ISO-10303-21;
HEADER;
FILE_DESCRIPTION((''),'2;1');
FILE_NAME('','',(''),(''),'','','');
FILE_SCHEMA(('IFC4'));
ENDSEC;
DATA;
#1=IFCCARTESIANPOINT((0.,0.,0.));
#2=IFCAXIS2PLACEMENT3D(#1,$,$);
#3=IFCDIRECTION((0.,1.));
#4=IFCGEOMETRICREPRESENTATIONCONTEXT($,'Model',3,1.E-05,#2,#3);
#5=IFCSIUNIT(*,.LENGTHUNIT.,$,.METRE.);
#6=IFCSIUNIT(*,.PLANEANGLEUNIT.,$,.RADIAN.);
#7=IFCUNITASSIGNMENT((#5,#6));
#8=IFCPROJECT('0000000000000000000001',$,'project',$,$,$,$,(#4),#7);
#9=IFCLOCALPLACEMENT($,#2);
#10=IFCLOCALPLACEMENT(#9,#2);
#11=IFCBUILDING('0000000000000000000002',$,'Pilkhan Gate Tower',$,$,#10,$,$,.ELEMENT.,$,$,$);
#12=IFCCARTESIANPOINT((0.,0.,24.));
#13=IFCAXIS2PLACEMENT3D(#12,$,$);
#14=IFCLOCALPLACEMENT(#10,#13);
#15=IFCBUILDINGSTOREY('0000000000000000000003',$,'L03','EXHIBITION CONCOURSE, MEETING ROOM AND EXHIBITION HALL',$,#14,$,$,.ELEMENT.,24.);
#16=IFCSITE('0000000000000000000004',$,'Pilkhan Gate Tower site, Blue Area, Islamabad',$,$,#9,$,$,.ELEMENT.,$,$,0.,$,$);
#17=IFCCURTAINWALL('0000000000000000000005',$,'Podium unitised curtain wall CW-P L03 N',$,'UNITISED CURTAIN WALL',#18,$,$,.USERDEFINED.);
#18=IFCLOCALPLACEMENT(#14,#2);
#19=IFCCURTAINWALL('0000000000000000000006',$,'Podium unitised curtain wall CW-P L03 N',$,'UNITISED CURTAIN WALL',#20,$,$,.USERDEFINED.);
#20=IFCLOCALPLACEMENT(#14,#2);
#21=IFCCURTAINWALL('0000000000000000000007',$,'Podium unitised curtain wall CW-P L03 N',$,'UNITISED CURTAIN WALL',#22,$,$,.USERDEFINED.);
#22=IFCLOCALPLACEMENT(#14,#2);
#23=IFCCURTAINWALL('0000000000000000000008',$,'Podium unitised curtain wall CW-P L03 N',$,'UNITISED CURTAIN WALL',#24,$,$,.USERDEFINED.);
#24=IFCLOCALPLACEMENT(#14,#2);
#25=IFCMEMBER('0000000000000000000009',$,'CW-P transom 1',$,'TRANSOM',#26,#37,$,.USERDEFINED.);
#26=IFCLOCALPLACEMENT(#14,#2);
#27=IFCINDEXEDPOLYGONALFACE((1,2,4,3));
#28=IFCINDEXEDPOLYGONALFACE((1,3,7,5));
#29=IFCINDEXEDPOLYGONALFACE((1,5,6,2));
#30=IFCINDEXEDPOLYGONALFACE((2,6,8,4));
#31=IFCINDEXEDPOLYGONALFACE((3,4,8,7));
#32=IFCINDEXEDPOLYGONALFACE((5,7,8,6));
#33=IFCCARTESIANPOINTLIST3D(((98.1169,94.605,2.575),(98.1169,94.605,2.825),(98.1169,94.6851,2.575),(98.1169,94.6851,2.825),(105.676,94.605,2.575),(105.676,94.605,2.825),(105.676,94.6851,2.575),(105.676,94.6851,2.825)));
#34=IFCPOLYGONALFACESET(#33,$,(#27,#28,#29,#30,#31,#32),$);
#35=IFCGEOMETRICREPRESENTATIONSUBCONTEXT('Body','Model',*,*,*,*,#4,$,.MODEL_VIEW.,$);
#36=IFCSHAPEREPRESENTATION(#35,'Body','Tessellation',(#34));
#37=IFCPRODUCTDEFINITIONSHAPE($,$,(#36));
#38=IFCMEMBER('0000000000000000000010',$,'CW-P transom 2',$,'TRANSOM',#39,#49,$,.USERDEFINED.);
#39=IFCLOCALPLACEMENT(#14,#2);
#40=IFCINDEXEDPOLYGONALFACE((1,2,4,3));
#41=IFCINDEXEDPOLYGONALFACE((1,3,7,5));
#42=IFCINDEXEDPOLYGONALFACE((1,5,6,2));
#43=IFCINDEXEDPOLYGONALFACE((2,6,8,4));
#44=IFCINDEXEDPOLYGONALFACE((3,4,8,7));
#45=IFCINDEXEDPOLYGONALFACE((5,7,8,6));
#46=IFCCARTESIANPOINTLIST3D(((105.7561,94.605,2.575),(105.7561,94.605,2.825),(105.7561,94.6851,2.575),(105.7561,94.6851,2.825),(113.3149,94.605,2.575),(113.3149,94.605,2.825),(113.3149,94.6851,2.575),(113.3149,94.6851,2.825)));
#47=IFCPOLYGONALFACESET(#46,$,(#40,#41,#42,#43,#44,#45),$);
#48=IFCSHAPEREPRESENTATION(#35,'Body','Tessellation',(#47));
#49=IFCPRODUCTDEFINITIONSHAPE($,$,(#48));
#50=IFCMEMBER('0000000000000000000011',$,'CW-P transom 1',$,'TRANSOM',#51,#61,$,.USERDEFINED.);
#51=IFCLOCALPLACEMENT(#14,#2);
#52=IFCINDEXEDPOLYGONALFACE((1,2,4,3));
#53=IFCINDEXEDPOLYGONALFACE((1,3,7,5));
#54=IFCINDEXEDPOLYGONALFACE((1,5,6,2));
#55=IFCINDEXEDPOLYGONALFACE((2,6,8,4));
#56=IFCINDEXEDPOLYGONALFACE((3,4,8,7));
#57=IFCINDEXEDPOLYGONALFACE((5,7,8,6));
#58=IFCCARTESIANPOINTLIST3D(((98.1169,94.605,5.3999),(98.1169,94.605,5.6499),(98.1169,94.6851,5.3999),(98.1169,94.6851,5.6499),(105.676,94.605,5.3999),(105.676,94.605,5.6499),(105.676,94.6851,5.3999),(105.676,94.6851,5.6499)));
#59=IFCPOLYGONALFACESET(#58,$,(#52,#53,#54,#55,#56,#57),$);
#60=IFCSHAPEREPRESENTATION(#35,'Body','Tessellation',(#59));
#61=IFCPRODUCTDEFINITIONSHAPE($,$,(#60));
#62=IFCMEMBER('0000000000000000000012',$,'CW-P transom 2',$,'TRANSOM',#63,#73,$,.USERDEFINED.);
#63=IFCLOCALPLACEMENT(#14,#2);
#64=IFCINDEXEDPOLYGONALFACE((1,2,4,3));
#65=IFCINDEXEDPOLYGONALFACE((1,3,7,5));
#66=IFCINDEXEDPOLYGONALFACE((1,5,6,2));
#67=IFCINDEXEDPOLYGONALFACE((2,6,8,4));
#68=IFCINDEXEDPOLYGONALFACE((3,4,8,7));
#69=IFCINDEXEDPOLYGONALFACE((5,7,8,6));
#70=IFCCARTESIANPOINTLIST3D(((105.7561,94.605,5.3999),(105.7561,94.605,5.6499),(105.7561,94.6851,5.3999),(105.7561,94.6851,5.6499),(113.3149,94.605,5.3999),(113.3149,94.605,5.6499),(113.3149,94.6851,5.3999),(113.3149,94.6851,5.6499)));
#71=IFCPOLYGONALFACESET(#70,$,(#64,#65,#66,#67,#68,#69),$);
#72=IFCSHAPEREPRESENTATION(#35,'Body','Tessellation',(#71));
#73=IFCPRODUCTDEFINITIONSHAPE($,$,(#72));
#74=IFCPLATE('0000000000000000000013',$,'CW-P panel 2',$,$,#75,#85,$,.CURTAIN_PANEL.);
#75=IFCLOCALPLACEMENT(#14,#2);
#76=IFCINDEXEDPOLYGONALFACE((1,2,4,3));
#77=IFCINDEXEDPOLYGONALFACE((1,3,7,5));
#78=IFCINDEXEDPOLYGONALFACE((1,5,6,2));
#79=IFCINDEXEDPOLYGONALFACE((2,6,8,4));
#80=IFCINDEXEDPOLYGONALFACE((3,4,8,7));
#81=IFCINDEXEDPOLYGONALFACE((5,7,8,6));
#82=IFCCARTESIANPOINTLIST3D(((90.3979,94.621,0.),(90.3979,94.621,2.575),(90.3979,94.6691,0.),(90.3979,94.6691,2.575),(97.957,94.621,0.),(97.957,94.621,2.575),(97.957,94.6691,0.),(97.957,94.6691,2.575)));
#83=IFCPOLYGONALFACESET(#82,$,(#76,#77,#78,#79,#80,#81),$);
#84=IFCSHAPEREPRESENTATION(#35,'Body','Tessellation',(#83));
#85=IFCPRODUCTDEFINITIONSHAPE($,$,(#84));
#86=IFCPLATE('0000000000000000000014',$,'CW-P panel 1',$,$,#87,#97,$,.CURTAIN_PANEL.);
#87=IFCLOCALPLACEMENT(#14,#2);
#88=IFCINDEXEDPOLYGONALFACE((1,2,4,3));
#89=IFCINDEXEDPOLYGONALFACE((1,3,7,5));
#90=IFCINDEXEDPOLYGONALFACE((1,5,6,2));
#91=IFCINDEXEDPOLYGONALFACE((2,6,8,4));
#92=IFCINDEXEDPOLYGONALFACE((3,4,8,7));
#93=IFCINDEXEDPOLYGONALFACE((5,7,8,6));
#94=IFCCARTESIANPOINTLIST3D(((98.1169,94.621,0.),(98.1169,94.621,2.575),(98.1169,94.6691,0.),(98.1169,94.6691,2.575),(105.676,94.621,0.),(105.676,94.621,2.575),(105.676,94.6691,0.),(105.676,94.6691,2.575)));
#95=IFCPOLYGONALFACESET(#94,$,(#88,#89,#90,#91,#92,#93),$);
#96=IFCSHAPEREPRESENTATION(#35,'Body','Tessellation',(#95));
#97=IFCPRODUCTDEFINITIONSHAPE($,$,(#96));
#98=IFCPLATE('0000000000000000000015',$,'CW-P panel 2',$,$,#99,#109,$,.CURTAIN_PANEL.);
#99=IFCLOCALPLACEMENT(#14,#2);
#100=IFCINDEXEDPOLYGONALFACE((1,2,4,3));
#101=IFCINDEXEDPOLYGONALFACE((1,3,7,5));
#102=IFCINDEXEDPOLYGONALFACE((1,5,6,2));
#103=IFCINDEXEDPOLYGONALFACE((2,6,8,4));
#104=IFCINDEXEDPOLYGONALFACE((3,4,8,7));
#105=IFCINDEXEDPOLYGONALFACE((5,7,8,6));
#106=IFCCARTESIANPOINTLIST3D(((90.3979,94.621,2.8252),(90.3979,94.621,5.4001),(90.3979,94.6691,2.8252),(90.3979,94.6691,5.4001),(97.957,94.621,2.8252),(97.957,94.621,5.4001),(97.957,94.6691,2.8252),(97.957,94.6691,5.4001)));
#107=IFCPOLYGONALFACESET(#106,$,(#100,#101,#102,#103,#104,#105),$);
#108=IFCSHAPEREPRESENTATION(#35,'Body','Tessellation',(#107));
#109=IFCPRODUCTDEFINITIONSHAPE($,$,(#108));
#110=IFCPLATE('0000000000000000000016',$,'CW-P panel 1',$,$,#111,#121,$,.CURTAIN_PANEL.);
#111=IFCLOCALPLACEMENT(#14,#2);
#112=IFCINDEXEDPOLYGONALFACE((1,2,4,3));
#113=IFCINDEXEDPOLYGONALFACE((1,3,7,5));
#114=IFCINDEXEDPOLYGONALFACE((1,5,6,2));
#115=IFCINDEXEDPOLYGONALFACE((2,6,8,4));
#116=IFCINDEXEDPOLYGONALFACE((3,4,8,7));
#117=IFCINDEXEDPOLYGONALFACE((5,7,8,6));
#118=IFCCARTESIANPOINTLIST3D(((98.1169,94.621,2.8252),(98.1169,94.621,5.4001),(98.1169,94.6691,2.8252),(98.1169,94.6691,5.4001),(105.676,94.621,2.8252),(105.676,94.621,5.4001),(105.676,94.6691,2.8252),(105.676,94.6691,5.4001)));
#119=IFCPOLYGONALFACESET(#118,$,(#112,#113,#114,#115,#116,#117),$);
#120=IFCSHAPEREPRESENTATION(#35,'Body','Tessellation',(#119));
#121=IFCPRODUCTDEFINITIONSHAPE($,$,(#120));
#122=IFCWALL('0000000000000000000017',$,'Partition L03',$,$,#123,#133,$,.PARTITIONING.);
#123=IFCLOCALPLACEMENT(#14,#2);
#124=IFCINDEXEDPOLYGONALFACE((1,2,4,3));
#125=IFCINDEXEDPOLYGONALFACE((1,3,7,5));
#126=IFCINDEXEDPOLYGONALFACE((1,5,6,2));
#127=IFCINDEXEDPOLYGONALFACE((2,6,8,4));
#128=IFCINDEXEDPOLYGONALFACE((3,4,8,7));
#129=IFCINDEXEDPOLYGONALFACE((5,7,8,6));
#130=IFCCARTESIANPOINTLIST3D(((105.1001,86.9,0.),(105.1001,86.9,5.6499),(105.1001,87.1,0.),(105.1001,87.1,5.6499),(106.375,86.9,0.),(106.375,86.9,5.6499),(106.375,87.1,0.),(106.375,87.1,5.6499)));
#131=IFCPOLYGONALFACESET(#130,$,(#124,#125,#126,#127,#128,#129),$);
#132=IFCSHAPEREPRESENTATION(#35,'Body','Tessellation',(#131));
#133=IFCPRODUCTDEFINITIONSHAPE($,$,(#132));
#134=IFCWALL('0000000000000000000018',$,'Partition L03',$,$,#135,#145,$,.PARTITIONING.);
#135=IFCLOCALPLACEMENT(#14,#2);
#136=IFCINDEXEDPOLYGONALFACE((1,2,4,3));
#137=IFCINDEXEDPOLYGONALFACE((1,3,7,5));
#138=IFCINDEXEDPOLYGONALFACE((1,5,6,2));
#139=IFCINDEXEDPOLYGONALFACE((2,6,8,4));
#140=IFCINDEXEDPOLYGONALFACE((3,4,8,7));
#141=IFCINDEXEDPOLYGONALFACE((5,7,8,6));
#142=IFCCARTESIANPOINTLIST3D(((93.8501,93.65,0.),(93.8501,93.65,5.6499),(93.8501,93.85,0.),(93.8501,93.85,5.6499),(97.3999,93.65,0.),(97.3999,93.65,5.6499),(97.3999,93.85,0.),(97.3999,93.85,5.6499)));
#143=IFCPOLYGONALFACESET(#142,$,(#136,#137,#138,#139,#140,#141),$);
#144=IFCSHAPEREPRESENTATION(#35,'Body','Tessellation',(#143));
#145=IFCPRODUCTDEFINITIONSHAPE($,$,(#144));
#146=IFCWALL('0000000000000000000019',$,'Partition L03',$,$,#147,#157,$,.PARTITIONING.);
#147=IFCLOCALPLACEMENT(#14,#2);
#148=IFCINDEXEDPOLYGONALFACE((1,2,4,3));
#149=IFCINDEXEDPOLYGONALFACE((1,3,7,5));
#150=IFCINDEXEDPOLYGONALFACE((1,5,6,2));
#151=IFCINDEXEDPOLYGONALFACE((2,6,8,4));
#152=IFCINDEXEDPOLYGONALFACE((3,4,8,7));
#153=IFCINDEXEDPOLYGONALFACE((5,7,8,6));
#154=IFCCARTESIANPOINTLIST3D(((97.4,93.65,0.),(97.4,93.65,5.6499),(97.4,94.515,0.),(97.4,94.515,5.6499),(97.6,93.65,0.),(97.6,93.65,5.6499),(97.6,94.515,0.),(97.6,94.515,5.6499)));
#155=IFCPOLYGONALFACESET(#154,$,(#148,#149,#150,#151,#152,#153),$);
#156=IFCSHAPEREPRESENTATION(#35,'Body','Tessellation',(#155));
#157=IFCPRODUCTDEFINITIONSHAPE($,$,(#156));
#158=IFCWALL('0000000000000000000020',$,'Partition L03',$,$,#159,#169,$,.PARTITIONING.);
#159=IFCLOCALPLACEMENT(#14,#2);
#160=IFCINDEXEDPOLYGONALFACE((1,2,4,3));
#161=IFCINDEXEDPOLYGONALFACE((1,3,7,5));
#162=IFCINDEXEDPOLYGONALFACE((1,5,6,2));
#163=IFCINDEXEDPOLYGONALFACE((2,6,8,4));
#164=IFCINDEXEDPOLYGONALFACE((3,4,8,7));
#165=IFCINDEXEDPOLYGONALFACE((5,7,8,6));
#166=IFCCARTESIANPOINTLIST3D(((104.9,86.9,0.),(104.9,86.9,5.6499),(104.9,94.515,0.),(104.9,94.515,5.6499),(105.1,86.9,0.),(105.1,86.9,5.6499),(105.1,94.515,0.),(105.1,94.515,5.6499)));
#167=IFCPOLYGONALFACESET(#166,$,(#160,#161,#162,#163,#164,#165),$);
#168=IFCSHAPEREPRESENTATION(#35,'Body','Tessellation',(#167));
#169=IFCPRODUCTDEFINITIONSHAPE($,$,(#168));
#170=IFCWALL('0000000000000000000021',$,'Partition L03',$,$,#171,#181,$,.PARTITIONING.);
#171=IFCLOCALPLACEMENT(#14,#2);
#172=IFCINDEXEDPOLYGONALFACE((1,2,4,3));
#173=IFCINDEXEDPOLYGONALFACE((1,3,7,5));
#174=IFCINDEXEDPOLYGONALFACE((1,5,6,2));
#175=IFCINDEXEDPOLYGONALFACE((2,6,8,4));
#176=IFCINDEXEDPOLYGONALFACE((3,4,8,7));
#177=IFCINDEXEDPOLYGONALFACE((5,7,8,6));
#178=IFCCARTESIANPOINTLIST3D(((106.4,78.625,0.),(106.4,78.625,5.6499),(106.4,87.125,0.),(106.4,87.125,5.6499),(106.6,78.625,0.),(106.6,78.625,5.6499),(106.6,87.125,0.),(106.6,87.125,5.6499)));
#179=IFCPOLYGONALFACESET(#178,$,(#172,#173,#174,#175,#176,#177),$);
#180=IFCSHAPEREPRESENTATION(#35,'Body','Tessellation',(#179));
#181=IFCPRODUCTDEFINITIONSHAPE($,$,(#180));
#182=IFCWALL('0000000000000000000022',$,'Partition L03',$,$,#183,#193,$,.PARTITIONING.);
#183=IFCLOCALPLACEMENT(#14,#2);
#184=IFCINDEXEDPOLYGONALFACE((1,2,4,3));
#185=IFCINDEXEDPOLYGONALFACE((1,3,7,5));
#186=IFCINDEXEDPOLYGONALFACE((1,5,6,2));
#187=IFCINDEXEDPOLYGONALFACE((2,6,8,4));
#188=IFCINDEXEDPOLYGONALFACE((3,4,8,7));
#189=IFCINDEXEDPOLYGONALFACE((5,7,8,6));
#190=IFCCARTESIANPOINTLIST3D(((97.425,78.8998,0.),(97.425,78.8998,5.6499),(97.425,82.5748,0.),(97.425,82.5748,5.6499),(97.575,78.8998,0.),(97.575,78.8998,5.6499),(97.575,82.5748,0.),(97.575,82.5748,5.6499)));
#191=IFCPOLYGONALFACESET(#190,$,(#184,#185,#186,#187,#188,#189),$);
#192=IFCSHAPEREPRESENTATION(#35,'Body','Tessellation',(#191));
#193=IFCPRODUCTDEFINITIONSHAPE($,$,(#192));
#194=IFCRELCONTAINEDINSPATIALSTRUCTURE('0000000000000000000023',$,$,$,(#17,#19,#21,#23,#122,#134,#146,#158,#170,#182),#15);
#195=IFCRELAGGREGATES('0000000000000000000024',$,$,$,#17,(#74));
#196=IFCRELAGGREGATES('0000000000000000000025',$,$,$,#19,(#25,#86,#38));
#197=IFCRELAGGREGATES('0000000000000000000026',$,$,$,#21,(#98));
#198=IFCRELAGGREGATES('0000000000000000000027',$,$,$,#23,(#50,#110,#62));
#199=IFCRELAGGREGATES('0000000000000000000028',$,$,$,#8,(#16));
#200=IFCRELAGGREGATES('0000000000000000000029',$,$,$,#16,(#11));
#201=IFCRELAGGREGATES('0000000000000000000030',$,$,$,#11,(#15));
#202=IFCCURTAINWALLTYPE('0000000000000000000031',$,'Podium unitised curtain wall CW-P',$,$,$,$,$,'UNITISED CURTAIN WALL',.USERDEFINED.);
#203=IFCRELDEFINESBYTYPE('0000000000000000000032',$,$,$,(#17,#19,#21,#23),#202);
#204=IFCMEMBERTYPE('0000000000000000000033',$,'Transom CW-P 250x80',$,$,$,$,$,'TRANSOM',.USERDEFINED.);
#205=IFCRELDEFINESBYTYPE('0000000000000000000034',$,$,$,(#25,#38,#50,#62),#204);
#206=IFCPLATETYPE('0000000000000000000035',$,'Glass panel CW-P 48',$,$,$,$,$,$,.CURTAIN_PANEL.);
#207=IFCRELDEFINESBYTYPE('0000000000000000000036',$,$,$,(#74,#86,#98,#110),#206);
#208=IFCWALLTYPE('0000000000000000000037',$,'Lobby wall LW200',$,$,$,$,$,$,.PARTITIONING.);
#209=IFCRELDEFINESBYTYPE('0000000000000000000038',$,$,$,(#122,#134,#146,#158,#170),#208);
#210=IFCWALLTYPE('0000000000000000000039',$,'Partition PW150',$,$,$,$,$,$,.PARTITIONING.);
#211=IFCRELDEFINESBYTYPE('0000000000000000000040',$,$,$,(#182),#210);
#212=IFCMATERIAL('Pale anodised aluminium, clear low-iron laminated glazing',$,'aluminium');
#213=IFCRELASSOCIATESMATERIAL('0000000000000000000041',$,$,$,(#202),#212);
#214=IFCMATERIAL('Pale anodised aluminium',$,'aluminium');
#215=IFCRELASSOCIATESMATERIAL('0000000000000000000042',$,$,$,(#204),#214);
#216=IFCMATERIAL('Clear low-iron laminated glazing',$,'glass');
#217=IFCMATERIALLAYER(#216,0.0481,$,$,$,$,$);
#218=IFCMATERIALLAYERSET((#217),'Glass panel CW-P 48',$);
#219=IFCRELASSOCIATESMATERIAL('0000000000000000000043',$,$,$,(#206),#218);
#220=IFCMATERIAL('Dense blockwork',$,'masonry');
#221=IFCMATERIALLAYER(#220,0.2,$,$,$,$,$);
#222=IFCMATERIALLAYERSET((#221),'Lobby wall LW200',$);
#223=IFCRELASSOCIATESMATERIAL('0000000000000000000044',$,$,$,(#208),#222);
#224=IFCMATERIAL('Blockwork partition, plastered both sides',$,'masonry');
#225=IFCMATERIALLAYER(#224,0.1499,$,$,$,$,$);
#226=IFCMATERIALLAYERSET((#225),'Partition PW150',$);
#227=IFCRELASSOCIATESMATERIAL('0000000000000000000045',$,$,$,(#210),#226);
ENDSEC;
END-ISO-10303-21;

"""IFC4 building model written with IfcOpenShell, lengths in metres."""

from ifc_helpers import new_model, si_unit, direction, frame, frame_2d, origin, origin_2d, place, context, subcontext, project, spatial, rectangle, extrude, material, layer, layer_set, material_profile, profile_set, type_object, element, aggregate, save


model = new_model("IFC4")

# Units and contexts
model_context = context("Model", 3, precision=1e-05, world=origin(), true_north=direction((0.0, 1.0)))
body_context = subcontext(model_context, "Body", "Model", "MODEL_VIEW")
ifc_project = project(units=[si_unit("LENGTHUNIT", "METRE"), si_unit("PLANEANGLEUNIT", "RADIAN")], contexts=[model_context])

# Site, building, storey
site_placement = place(None, origin())
site = spatial("IfcSite", under=ifc_project, at=site_placement, Name="Pilkhan Gate Tower site, Blue Area, Islamabad", CompositionType="ELEMENT", RefElevation=0.0)
building_placement = place(site_placement, origin())
building = spatial("IfcBuilding", under=site, at=building_placement, Name="Pilkhan Gate Tower", CompositionType="ELEMENT")
storey_placement = place(building_placement, frame((0.0, 0.0, 24.0)))
storey = spatial("IfcBuildingStorey", under=building, at=storey_placement, Name="L03", Description="EXHIBITION CONCOURSE, MEETING ROOM AND EXHIBITION HALL", CompositionType="ELEMENT", Elevation=24.0)

# Curtain wall
ifc_material_1 = material(Name="Pale anodised aluminium, clear low-iron laminated glazing", Category="aluminium")
curtain_wall_type = type_object("IfcCurtainWallType", Name="Podium unitised curtain wall CW-P", ElementType="UNITISED CURTAIN WALL", PredefinedType="USERDEFINED", material=ifc_material_1)
curtain_wall_1_placement = place(storey_placement, origin())
curtain_wall_1 = element("IfcCurtainWall", 1, at=curtain_wall_1_placement, inside=storey, type_object=curtain_wall_type, Name="Podium unitised curtain wall CW-P L03 N", ObjectType="UNITISED CURTAIN WALL", PredefinedType="USERDEFINED")
ifc_material_2 = material(Name="Pale anodised aluminium", Category="aluminium")

# Curtain wall
curtain_wall_2_placement = place(storey_placement, origin())
curtain_wall_2 = element("IfcCurtainWall", 2, at=curtain_wall_2_placement, inside=storey, type_object=curtain_wall_type, Name="Podium unitised curtain wall CW-P L03 N", ObjectType="UNITISED CURTAIN WALL", PredefinedType="USERDEFINED")

# Curtain wall
curtain_wall_3_placement = place(storey_placement, origin())
curtain_wall_3 = element("IfcCurtainWall", 3, at=curtain_wall_3_placement, inside=storey, type_object=curtain_wall_type, Name="Podium unitised curtain wall CW-P L03 N", ObjectType="UNITISED CURTAIN WALL", PredefinedType="USERDEFINED")

# Curtain wall
curtain_wall_4_placement = place(storey_placement, origin())
curtain_wall_4 = element("IfcCurtainWall", 4, at=curtain_wall_4_placement, inside=storey, type_object=curtain_wall_type, Name="Podium unitised curtain wall CW-P L03 N", ObjectType="UNITISED CURTAIN WALL", PredefinedType="USERDEFINED")

# Members
ifc_material_profile_1 = material_profile(ifc_material_2, rectangle(XDim=0.0801, YDim=0.25, at=origin_2d()), Name="Transom 250x80")
ifc_profile_set_1 = profile_set([ifc_material_profile_1], Name="Pale anodised aluminium")
member_type_1 = type_object("IfcMemberType", Name="Transom CW-P 250x80", ElementType="TRANSOM", PredefinedType="USERDEFINED", material=ifc_profile_set_1)
member_1_placement = place(storey_placement, frame((98.1169, 94.645, 2.7), z_axis=(1.0, 0.0, 0.0), x_axis=(0.0, 1.0, 0.0)))
member_1 = element("IfcMember", 5, at=member_1_placement, type_object=member_type_1, Name="CW-P transom 1", ObjectType="TRANSOM", PredefinedType="USERDEFINED", context=body_context, shape_type="SweptSolid", body=[
    extrude(rectangle(XDim=0.0801, YDim=0.25, at=origin_2d()), origin(), (0.0, 0.0, 1.0), 7.5591),
])
member_2_placement = place(storey_placement, frame((105.7561, 94.645, 2.7), z_axis=(1.0, 0.0, 0.0), x_axis=(0.0, 1.0, 0.0)))
member_2 = element("IfcMember", 6, at=member_2_placement, type_object=member_type_1, Name="CW-P transom 2", ObjectType="TRANSOM", PredefinedType="USERDEFINED", context=body_context, shape_type="SweptSolid", body=[
    extrude(rectangle(XDim=0.0801, YDim=0.25, at=origin_2d()), origin(), (0.0, 0.0, 1.0), 7.5588),
])
member_3_placement = place(storey_placement, frame((98.1169, 94.645, 5.5249), z_axis=(1.0, 0.0, 0.0), x_axis=(0.0, 1.0, 0.0)))
member_3 = element("IfcMember", 7, at=member_3_placement, type_object=member_type_1, Name="CW-P transom 1", ObjectType="TRANSOM", PredefinedType="USERDEFINED", context=body_context, shape_type="SweptSolid", body=[
    extrude(rectangle(XDim=0.0801, YDim=0.25, at=origin_2d()), origin(), (0.0, 0.0, 1.0), 7.5591),
])
member_4_placement = place(storey_placement, frame((105.7561, 94.645, 5.5249), z_axis=(1.0, 0.0, 0.0), x_axis=(0.0, 1.0, 0.0)))
member_4 = element("IfcMember", 8, at=member_4_placement, type_object=member_type_1, Name="CW-P transom 2", ObjectType="TRANSOM", PredefinedType="USERDEFINED", context=body_context, shape_type="SweptSolid", body=[
    extrude(rectangle(XDim=0.0801, YDim=0.25, at=origin_2d()), origin(), (0.0, 0.0, 1.0), 7.5588),
])

# Plates
ifc_material_3 = material(Name="Clear low-iron laminated glazing", Category="glass")
ifc_layer_1 = layer(ifc_material_3, 0.0481)
ifc_layer_set_1 = layer_set([ifc_layer_1], Name="Glass panel CW-P 48")
plate_type = type_object("IfcPlateType", Name="Glass panel CW-P 48", PredefinedType="CURTAIN_PANEL", material=ifc_layer_set_1)
plate_1_placement = place(storey_placement, frame((94.1775, 94.645, 0.0), z_axis=(0.0, 0.0, 1.0), x_axis=(1.0, 0.0, 0.0)))
plate_1 = element("IfcPlate", 9, at=plate_1_placement, type_object=plate_type, Name="CW-P panel 2", PredefinedType="CURTAIN_PANEL", context=body_context, shape_type="SweptSolid", body=[
    extrude(rectangle(XDim=7.5591, YDim=0.0481, at=origin_2d()), origin(), (0.0, 0.0, 1.0), 2.575),
])
aggregate(curtain_wall_1, [plate_1])
plate_2_placement = place(storey_placement, frame((101.8965, 94.645, 0.0), z_axis=(0.0, 0.0, 1.0), x_axis=(1.0, 0.0, 0.0)))
plate_2 = element("IfcPlate", 10, at=plate_2_placement, type_object=plate_type, Name="CW-P panel 1", PredefinedType="CURTAIN_PANEL", context=body_context, shape_type="SweptSolid", body=[
    extrude(rectangle(XDim=7.5591, YDim=0.0481, at=origin_2d()), origin(), (0.0, 0.0, 1.0), 2.575),
])
aggregate(curtain_wall_2, [member_1, plate_2, member_2])
plate_3_placement = place(storey_placement, frame((94.1775, 94.645, 2.8252), z_axis=(0.0, 0.0, 1.0), x_axis=(1.0, 0.0, 0.0)))
plate_3 = element("IfcPlate", 11, at=plate_3_placement, type_object=plate_type, Name="CW-P panel 2", PredefinedType="CURTAIN_PANEL", context=body_context, shape_type="SweptSolid", body=[
    extrude(rectangle(XDim=7.5591, YDim=0.0481, at=origin_2d()), origin(), (0.0, 0.0, 1.0), 2.575),
])
aggregate(curtain_wall_3, [plate_3])
plate_4_placement = place(storey_placement, frame((101.8965, 94.645, 2.8252), z_axis=(0.0, 0.0, 1.0), x_axis=(1.0, 0.0, 0.0)))
plate_4 = element("IfcPlate", 12, at=plate_4_placement, type_object=plate_type, Name="CW-P panel 1", PredefinedType="CURTAIN_PANEL", context=body_context, shape_type="SweptSolid", body=[
    extrude(rectangle(XDim=7.5591, YDim=0.0481, at=origin_2d()), origin(), (0.0, 0.0, 1.0), 2.575),
])
aggregate(curtain_wall_4, [member_3, plate_4, member_4])

# Walls
ifc_material_4 = material(Name="Dense blockwork", Category="masonry")
ifc_layer_2 = layer(ifc_material_4, 0.2)
ifc_layer_set_2 = layer_set([ifc_layer_2], Name="Lobby wall LW200")
wall_type_1 = type_object("IfcWallType", Name="Lobby wall LW200", PredefinedType="PARTITIONING", material=ifc_layer_set_2)
wall_1_placement = place(storey_placement, frame((105.1001, 87.0, 0.0), z_axis=(0.0, 0.0, 1.0), x_axis=(1.0, 0.0, 0.0)))
element("IfcWall", 13, at=wall_1_placement, inside=storey, type_object=wall_type_1, Name="Partition L03", PredefinedType="PARTITIONING", context=body_context, shape_type="SweptSolid", body=[
    extrude(rectangle(XDim=1.2749, YDim=0.2, at=frame_2d((0.6375, 0.0))), origin(), (0.0, 0.0, 1.0), 5.6499),
])
wall_2_placement = place(storey_placement, frame((93.8501, 93.75, 0.0), z_axis=(0.0, 0.0, 1.0), x_axis=(1.0, 0.0, 0.0)))
element("IfcWall", 14, at=wall_2_placement, inside=storey, type_object=wall_type_1, Name="Partition L03", PredefinedType="PARTITIONING", context=body_context, shape_type="SweptSolid", body=[
    extrude(rectangle(XDim=3.5498, YDim=0.2, at=frame_2d((1.7749, 0.0))), origin(), (0.0, 0.0, 1.0), 5.6499),
])
wall_3_placement = place(storey_placement, frame((97.5, 93.6499, 0.0), z_axis=(0.0, 0.0, 1.0), x_axis=(0.0, 1.0, 0.0)))
element("IfcWall", 15, at=wall_3_placement, inside=storey, type_object=wall_type_1, Name="Partition L03", PredefinedType="PARTITIONING", context=body_context, shape_type="SweptSolid", body=[
    extrude(rectangle(XDim=0.865, YDim=0.2, at=frame_2d((0.4326, 0.0))), origin(), (0.0, 0.0, 1.0), 5.6499),
])
wall_4_placement = place(storey_placement, frame((105.0, 86.8999, 0.0), z_axis=(0.0, 0.0, 1.0), x_axis=(0.0, 1.0, 0.0)))
element("IfcWall", 16, at=wall_4_placement, inside=storey, type_object=wall_type_1, Name="Partition L03", PredefinedType="PARTITIONING", context=body_context, shape_type="SweptSolid", body=[
    extrude(rectangle(XDim=7.615, YDim=0.2, at=frame_2d((3.8076, 0.0))), origin(), (0.0, 0.0, 1.0), 5.6499),
])
wall_5_placement = place(storey_placement, frame((106.5, 78.625, 0.0), z_axis=(0.0, 0.0, 1.0), x_axis=(0.0, 1.0, 0.0)))
element("IfcWall", 17, at=wall_5_placement, inside=storey, type_object=wall_type_1, Name="Partition L03", PredefinedType="PARTITIONING", context=body_context, shape_type="SweptSolid", body=[
    extrude(rectangle(XDim=8.5, YDim=0.2, at=frame_2d((4.25, 0.0))), origin(), (0.0, 0.0, 1.0), 5.6499),
])
ifc_material_5 = material(Name="Blockwork partition, plastered both sides", Category="masonry")
ifc_layer_3 = layer(ifc_material_5, 0.1499)
ifc_layer_set_3 = layer_set([ifc_layer_3], Name="Partition PW150")
wall_type_2 = type_object("IfcWallType", Name="Partition PW150", PredefinedType="PARTITIONING", material=ifc_layer_set_3)
wall_6_placement = place(storey_placement, frame((97.5, 78.8999, 0.0), z_axis=(0.0, 0.0, 1.0), x_axis=(0.0, 1.0, 0.0)))
element("IfcWall", 18, at=wall_6_placement, inside=storey, type_object=wall_type_2, Name="Partition L03", PredefinedType="PARTITIONING", context=body_context, shape_type="SweptSolid", body=[
    extrude(rectangle(XDim=3.675, YDim=0.1499, at=frame_2d((1.8374, 0.0))), origin(), (0.0, 0.0, 1.0), 5.6499),
])

save(model, "model.ifc")
